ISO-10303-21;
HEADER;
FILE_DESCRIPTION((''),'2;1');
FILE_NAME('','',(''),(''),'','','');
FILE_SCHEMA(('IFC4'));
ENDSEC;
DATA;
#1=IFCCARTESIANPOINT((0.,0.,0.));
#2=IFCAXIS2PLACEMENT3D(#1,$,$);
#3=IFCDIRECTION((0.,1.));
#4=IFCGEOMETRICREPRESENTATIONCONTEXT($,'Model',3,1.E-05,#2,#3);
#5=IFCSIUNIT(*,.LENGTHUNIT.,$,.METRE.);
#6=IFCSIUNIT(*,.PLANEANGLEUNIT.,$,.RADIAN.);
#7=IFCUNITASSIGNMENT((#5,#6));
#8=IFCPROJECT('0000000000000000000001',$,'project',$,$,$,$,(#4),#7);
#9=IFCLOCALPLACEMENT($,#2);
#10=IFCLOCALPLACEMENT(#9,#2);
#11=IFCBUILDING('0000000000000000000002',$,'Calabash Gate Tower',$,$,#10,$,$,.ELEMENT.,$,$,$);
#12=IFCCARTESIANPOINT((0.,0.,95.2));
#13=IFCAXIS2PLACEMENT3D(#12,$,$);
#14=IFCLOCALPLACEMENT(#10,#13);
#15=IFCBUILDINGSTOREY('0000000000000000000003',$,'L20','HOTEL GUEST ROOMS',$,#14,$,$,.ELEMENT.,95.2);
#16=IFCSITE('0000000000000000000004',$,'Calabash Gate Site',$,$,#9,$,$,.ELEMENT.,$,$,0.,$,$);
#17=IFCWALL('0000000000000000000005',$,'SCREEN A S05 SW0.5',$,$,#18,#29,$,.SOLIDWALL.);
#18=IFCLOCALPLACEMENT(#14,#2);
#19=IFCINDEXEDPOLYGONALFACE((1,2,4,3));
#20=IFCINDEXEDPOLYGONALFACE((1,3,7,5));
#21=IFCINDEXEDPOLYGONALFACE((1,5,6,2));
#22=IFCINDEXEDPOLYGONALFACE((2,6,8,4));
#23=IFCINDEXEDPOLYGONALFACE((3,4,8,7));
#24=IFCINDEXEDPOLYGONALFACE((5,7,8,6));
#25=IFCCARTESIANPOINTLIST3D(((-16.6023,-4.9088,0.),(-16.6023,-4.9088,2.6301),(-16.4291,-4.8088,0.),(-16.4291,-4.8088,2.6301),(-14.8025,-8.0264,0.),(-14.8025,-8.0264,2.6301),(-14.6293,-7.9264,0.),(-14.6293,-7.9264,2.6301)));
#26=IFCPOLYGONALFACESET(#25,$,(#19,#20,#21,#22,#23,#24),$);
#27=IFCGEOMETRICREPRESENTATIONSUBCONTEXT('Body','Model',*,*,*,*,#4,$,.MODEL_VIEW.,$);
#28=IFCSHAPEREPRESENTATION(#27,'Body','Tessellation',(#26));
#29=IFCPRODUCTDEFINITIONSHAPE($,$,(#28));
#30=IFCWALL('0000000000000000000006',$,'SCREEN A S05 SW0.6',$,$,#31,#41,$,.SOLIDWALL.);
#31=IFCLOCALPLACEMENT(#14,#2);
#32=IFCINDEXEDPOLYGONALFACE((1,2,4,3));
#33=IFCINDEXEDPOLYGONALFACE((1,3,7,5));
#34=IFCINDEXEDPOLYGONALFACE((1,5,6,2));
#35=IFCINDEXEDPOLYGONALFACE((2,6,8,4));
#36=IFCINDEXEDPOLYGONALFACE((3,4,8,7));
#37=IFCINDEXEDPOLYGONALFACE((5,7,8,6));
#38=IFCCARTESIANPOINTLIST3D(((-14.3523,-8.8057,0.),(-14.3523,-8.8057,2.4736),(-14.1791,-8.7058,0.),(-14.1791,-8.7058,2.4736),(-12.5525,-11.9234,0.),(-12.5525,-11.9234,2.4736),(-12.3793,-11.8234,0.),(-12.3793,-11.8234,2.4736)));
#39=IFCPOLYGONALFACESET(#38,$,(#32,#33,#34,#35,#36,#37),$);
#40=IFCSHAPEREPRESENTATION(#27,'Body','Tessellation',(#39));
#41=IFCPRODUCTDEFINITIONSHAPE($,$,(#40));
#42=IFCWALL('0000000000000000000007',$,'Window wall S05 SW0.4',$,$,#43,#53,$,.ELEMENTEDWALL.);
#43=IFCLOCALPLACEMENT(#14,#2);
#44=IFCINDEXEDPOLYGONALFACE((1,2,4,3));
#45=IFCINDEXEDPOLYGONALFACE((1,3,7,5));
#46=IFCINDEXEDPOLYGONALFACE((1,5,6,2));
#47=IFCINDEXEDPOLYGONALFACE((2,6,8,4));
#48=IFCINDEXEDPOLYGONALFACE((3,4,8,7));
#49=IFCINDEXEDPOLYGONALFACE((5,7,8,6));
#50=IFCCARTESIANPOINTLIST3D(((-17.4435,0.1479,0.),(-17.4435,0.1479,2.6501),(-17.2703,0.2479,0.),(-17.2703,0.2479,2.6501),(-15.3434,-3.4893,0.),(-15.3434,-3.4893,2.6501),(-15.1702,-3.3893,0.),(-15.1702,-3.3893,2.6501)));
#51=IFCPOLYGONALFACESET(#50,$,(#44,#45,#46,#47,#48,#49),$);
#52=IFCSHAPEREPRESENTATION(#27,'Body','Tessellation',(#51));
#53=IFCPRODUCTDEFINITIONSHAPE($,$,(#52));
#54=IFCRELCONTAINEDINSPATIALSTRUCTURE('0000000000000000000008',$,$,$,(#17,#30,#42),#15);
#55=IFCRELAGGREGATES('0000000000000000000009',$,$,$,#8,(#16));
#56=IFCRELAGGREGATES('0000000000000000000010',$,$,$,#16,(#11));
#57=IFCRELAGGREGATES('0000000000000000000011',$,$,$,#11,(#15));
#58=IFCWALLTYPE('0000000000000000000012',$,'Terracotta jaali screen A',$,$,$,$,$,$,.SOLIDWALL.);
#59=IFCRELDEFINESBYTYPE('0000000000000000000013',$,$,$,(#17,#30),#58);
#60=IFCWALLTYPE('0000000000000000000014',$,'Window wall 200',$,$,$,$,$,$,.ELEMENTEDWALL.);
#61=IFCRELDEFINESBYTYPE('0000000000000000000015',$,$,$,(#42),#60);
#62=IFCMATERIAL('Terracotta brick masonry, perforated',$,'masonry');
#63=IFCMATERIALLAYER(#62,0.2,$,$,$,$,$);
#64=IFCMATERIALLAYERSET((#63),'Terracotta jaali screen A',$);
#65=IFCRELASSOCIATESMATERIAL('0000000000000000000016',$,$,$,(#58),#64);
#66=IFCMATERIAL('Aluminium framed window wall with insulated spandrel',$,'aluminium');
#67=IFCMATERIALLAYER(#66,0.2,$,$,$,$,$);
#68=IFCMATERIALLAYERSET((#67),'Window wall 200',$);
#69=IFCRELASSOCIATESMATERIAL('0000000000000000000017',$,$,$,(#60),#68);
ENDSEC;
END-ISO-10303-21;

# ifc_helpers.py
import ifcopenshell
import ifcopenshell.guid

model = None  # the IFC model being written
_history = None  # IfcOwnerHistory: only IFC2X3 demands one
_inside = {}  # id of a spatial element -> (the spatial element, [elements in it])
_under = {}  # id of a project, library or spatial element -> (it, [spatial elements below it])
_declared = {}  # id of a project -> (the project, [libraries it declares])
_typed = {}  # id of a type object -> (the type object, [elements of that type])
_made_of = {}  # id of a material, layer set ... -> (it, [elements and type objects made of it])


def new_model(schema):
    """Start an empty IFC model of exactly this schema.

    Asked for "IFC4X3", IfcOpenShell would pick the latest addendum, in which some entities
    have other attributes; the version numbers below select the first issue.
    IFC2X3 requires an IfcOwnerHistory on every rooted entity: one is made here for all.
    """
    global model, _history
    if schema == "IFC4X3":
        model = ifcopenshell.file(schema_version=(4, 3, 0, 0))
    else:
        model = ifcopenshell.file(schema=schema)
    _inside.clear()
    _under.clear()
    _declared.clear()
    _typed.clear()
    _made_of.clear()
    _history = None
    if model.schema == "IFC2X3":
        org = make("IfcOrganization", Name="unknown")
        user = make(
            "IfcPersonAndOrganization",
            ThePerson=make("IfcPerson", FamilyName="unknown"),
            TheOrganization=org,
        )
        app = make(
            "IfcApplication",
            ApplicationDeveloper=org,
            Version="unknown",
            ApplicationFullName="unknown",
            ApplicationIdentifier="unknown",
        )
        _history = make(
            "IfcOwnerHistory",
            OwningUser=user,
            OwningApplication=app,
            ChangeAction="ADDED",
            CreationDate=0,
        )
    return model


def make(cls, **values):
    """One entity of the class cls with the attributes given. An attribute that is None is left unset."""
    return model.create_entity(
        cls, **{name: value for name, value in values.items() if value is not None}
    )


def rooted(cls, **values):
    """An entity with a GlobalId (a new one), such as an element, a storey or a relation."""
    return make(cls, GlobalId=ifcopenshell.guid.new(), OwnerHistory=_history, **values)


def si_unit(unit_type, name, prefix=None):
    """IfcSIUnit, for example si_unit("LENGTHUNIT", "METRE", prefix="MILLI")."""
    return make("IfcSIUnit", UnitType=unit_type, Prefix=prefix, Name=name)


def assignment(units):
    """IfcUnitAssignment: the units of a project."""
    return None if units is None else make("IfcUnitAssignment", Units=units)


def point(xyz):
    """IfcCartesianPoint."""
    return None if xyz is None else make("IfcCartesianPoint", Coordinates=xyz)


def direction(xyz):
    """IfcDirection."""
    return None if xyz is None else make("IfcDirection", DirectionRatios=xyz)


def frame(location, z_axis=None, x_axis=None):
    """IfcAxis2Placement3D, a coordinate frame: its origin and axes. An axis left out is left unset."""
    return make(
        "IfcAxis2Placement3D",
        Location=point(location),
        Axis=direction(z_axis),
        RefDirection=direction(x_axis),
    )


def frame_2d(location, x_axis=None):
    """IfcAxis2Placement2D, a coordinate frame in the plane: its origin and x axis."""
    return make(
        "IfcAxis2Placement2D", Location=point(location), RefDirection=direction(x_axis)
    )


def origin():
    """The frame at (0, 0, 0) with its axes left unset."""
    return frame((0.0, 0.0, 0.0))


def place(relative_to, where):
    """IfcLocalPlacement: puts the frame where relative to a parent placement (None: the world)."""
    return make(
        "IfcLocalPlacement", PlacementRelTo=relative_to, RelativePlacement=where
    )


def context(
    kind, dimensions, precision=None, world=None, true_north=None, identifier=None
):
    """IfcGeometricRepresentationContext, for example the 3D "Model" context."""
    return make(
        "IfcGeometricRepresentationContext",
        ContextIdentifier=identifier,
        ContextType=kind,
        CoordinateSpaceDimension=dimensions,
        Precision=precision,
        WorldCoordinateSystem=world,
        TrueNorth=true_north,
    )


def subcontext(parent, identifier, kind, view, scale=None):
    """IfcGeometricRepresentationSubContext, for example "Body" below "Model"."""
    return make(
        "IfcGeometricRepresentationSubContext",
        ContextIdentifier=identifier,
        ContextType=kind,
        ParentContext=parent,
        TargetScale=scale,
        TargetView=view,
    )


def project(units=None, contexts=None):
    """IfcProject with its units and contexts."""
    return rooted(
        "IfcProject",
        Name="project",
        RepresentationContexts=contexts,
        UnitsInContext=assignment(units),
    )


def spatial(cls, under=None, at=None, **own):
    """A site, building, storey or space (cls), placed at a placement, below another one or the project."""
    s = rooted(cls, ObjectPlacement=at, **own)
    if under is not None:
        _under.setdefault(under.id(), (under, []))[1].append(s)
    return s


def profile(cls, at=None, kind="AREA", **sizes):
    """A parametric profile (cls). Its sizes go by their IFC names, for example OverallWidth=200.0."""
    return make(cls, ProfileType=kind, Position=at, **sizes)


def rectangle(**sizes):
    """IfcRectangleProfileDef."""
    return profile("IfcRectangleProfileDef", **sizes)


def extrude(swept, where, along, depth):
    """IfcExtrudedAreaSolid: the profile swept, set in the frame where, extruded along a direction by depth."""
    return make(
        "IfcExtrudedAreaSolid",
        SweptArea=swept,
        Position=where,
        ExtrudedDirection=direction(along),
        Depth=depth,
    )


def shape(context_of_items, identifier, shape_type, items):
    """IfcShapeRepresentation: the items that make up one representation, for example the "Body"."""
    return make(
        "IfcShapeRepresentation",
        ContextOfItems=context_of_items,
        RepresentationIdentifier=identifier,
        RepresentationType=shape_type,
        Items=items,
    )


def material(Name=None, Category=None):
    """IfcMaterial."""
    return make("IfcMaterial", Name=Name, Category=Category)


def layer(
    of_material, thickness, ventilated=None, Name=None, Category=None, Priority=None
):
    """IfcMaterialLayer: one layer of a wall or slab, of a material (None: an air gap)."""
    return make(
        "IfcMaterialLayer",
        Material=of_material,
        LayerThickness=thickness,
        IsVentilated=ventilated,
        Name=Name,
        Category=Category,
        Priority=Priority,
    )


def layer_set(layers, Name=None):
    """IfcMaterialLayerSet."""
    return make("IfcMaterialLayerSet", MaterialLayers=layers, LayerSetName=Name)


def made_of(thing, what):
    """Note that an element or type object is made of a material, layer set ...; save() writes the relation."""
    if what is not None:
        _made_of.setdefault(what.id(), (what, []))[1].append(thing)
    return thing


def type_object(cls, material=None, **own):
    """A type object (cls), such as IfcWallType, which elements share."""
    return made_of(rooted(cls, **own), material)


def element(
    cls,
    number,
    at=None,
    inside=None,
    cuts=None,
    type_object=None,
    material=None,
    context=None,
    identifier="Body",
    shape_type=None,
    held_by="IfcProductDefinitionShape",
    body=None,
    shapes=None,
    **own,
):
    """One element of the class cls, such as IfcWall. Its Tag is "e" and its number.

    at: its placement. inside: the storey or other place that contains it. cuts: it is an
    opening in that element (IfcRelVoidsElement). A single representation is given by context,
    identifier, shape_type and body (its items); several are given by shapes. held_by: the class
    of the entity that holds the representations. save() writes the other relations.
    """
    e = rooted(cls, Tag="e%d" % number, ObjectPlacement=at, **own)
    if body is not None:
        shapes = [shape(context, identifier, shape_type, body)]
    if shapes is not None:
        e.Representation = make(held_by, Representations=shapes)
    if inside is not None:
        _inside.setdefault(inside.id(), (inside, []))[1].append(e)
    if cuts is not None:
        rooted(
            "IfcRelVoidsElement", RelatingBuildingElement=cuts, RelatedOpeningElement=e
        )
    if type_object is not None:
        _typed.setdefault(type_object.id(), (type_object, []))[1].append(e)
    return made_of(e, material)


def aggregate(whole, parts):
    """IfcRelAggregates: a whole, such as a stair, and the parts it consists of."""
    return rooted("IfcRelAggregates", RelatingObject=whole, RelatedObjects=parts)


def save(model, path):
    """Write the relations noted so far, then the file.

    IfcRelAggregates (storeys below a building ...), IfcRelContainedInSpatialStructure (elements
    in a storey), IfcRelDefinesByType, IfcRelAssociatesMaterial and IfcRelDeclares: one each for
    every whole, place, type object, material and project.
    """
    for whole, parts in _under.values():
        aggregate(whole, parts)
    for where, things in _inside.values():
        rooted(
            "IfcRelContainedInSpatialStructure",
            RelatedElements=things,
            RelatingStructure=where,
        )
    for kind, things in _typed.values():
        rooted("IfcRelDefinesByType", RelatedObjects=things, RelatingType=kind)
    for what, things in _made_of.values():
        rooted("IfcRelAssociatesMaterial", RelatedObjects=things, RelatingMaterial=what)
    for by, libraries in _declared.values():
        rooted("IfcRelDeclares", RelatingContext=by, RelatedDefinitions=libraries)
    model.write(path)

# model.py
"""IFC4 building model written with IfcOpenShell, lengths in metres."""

from ifc_helpers import new_model, si_unit, direction, frame, frame_2d, origin, place, context, subcontext, project, spatial, rectangle, extrude, material, layer, layer_set, type_object, element, save


model = new_model("IFC4")

# Units and contexts
model_context = context("Model", 3, precision=1e-05, world=origin(), true_north=direction((0.0, 1.0)))
body_context = subcontext(model_context, "Body", "Model", "MODEL_VIEW")
ifc_project = project(units=[si_unit("LENGTHUNIT", "METRE"), si_unit("PLANEANGLEUNIT", "RADIAN")], contexts=[model_context])

# Site, building, storey
site_placement = place(None, origin())
site = spatial("IfcSite", under=ifc_project, at=site_placement, Name="Calabash Gate Site", CompositionType="ELEMENT", RefElevation=0.0)
building_placement = place(site_placement, origin())
building = spatial("IfcBuilding", under=site, at=building_placement, Name="Calabash Gate Tower", CompositionType="ELEMENT")
storey_placement = place(building_placement, frame((0.0, 0.0, 95.2)))
storey = spatial("IfcBuildingStorey", under=building, at=storey_placement, Name="L20", Description="HOTEL GUEST ROOMS", CompositionType="ELEMENT", Elevation=95.2)

# Walls
ifc_material_1 = material(Name="Terracotta brick masonry, perforated", Category="masonry")
ifc_layer_1 = layer(ifc_material_1, 0.2)
ifc_layer_set_1 = layer_set([ifc_layer_1], Name="Terracotta jaali screen A")
wall_type_1 = type_object("IfcWallType", Name="Terracotta jaali screen A", PredefinedType="SOLIDWALL", material=ifc_layer_set_1)
wall_1_placement = place(storey_placement, frame((-16.5156, -4.8589, 0.0), z_axis=(0.0, 0.0, 1.0), x_axis=(0.499961, -0.866048, 0.0)))
element("IfcWall", 1, at=wall_1_placement, inside=storey, type_object=wall_type_1, Name="SCREEN A S05 SW0.5", PredefinedType="SOLIDWALL", context=body_context, shape_type="SweptSolid", body=[
    extrude(rectangle(XDim=3.5999, YDim=0.2, at=frame_2d((1.7998, 0.0))), origin(), (0.0, 0.0, 1.0), 2.6301),
])
wall_2_placement = place(storey_placement, frame((-14.2656, -8.7559, 0.0), z_axis=(0.0, 0.0, 1.0), x_axis=(0.499961, -0.866048, 0.0)))
element("IfcWall", 2, at=wall_2_placement, inside=storey, type_object=wall_type_1, Name="SCREEN A S05 SW0.6", PredefinedType="SOLIDWALL", context=body_context, shape_type="SweptSolid", body=[
    extrude(rectangle(XDim=3.5999, YDim=0.2, at=frame_2d((1.7998, 0.0))), origin(), (0.0, 0.0, 1.0), 2.4736),
])
ifc_material_2 = material(Name="Aluminium framed window wall with insulated spandrel", Category="aluminium")
ifc_layer_2 = layer(ifc_material_2, 0.2)
ifc_layer_set_2 = layer_set([ifc_layer_2], Name="Window wall 200")
wall_type_2 = type_object("IfcWallType", Name="Window wall 200", PredefinedType="ELEMENTEDWALL", material=ifc_layer_set_2)
wall_3_placement = place(storey_placement, frame((-17.3569, 0.198, 0.0), z_axis=(0.0, 0.0, 1.0), x_axis=(0.500028, -0.866009, 0.0)))
element("IfcWall", 3, at=wall_3_placement, inside=storey, type_object=wall_type_2, Name="Window wall S05 SW0.4", PredefinedType="ELEMENTEDWALL", context=body_context, shape_type="SweptSolid", body=[
    extrude(rectangle(XDim=4.2, YDim=0.2, at=frame_2d((2.1001, 0.0))), origin(), (0.0, 0.0, 1.0), 2.6501),
])

save(model, "model.ifc")
